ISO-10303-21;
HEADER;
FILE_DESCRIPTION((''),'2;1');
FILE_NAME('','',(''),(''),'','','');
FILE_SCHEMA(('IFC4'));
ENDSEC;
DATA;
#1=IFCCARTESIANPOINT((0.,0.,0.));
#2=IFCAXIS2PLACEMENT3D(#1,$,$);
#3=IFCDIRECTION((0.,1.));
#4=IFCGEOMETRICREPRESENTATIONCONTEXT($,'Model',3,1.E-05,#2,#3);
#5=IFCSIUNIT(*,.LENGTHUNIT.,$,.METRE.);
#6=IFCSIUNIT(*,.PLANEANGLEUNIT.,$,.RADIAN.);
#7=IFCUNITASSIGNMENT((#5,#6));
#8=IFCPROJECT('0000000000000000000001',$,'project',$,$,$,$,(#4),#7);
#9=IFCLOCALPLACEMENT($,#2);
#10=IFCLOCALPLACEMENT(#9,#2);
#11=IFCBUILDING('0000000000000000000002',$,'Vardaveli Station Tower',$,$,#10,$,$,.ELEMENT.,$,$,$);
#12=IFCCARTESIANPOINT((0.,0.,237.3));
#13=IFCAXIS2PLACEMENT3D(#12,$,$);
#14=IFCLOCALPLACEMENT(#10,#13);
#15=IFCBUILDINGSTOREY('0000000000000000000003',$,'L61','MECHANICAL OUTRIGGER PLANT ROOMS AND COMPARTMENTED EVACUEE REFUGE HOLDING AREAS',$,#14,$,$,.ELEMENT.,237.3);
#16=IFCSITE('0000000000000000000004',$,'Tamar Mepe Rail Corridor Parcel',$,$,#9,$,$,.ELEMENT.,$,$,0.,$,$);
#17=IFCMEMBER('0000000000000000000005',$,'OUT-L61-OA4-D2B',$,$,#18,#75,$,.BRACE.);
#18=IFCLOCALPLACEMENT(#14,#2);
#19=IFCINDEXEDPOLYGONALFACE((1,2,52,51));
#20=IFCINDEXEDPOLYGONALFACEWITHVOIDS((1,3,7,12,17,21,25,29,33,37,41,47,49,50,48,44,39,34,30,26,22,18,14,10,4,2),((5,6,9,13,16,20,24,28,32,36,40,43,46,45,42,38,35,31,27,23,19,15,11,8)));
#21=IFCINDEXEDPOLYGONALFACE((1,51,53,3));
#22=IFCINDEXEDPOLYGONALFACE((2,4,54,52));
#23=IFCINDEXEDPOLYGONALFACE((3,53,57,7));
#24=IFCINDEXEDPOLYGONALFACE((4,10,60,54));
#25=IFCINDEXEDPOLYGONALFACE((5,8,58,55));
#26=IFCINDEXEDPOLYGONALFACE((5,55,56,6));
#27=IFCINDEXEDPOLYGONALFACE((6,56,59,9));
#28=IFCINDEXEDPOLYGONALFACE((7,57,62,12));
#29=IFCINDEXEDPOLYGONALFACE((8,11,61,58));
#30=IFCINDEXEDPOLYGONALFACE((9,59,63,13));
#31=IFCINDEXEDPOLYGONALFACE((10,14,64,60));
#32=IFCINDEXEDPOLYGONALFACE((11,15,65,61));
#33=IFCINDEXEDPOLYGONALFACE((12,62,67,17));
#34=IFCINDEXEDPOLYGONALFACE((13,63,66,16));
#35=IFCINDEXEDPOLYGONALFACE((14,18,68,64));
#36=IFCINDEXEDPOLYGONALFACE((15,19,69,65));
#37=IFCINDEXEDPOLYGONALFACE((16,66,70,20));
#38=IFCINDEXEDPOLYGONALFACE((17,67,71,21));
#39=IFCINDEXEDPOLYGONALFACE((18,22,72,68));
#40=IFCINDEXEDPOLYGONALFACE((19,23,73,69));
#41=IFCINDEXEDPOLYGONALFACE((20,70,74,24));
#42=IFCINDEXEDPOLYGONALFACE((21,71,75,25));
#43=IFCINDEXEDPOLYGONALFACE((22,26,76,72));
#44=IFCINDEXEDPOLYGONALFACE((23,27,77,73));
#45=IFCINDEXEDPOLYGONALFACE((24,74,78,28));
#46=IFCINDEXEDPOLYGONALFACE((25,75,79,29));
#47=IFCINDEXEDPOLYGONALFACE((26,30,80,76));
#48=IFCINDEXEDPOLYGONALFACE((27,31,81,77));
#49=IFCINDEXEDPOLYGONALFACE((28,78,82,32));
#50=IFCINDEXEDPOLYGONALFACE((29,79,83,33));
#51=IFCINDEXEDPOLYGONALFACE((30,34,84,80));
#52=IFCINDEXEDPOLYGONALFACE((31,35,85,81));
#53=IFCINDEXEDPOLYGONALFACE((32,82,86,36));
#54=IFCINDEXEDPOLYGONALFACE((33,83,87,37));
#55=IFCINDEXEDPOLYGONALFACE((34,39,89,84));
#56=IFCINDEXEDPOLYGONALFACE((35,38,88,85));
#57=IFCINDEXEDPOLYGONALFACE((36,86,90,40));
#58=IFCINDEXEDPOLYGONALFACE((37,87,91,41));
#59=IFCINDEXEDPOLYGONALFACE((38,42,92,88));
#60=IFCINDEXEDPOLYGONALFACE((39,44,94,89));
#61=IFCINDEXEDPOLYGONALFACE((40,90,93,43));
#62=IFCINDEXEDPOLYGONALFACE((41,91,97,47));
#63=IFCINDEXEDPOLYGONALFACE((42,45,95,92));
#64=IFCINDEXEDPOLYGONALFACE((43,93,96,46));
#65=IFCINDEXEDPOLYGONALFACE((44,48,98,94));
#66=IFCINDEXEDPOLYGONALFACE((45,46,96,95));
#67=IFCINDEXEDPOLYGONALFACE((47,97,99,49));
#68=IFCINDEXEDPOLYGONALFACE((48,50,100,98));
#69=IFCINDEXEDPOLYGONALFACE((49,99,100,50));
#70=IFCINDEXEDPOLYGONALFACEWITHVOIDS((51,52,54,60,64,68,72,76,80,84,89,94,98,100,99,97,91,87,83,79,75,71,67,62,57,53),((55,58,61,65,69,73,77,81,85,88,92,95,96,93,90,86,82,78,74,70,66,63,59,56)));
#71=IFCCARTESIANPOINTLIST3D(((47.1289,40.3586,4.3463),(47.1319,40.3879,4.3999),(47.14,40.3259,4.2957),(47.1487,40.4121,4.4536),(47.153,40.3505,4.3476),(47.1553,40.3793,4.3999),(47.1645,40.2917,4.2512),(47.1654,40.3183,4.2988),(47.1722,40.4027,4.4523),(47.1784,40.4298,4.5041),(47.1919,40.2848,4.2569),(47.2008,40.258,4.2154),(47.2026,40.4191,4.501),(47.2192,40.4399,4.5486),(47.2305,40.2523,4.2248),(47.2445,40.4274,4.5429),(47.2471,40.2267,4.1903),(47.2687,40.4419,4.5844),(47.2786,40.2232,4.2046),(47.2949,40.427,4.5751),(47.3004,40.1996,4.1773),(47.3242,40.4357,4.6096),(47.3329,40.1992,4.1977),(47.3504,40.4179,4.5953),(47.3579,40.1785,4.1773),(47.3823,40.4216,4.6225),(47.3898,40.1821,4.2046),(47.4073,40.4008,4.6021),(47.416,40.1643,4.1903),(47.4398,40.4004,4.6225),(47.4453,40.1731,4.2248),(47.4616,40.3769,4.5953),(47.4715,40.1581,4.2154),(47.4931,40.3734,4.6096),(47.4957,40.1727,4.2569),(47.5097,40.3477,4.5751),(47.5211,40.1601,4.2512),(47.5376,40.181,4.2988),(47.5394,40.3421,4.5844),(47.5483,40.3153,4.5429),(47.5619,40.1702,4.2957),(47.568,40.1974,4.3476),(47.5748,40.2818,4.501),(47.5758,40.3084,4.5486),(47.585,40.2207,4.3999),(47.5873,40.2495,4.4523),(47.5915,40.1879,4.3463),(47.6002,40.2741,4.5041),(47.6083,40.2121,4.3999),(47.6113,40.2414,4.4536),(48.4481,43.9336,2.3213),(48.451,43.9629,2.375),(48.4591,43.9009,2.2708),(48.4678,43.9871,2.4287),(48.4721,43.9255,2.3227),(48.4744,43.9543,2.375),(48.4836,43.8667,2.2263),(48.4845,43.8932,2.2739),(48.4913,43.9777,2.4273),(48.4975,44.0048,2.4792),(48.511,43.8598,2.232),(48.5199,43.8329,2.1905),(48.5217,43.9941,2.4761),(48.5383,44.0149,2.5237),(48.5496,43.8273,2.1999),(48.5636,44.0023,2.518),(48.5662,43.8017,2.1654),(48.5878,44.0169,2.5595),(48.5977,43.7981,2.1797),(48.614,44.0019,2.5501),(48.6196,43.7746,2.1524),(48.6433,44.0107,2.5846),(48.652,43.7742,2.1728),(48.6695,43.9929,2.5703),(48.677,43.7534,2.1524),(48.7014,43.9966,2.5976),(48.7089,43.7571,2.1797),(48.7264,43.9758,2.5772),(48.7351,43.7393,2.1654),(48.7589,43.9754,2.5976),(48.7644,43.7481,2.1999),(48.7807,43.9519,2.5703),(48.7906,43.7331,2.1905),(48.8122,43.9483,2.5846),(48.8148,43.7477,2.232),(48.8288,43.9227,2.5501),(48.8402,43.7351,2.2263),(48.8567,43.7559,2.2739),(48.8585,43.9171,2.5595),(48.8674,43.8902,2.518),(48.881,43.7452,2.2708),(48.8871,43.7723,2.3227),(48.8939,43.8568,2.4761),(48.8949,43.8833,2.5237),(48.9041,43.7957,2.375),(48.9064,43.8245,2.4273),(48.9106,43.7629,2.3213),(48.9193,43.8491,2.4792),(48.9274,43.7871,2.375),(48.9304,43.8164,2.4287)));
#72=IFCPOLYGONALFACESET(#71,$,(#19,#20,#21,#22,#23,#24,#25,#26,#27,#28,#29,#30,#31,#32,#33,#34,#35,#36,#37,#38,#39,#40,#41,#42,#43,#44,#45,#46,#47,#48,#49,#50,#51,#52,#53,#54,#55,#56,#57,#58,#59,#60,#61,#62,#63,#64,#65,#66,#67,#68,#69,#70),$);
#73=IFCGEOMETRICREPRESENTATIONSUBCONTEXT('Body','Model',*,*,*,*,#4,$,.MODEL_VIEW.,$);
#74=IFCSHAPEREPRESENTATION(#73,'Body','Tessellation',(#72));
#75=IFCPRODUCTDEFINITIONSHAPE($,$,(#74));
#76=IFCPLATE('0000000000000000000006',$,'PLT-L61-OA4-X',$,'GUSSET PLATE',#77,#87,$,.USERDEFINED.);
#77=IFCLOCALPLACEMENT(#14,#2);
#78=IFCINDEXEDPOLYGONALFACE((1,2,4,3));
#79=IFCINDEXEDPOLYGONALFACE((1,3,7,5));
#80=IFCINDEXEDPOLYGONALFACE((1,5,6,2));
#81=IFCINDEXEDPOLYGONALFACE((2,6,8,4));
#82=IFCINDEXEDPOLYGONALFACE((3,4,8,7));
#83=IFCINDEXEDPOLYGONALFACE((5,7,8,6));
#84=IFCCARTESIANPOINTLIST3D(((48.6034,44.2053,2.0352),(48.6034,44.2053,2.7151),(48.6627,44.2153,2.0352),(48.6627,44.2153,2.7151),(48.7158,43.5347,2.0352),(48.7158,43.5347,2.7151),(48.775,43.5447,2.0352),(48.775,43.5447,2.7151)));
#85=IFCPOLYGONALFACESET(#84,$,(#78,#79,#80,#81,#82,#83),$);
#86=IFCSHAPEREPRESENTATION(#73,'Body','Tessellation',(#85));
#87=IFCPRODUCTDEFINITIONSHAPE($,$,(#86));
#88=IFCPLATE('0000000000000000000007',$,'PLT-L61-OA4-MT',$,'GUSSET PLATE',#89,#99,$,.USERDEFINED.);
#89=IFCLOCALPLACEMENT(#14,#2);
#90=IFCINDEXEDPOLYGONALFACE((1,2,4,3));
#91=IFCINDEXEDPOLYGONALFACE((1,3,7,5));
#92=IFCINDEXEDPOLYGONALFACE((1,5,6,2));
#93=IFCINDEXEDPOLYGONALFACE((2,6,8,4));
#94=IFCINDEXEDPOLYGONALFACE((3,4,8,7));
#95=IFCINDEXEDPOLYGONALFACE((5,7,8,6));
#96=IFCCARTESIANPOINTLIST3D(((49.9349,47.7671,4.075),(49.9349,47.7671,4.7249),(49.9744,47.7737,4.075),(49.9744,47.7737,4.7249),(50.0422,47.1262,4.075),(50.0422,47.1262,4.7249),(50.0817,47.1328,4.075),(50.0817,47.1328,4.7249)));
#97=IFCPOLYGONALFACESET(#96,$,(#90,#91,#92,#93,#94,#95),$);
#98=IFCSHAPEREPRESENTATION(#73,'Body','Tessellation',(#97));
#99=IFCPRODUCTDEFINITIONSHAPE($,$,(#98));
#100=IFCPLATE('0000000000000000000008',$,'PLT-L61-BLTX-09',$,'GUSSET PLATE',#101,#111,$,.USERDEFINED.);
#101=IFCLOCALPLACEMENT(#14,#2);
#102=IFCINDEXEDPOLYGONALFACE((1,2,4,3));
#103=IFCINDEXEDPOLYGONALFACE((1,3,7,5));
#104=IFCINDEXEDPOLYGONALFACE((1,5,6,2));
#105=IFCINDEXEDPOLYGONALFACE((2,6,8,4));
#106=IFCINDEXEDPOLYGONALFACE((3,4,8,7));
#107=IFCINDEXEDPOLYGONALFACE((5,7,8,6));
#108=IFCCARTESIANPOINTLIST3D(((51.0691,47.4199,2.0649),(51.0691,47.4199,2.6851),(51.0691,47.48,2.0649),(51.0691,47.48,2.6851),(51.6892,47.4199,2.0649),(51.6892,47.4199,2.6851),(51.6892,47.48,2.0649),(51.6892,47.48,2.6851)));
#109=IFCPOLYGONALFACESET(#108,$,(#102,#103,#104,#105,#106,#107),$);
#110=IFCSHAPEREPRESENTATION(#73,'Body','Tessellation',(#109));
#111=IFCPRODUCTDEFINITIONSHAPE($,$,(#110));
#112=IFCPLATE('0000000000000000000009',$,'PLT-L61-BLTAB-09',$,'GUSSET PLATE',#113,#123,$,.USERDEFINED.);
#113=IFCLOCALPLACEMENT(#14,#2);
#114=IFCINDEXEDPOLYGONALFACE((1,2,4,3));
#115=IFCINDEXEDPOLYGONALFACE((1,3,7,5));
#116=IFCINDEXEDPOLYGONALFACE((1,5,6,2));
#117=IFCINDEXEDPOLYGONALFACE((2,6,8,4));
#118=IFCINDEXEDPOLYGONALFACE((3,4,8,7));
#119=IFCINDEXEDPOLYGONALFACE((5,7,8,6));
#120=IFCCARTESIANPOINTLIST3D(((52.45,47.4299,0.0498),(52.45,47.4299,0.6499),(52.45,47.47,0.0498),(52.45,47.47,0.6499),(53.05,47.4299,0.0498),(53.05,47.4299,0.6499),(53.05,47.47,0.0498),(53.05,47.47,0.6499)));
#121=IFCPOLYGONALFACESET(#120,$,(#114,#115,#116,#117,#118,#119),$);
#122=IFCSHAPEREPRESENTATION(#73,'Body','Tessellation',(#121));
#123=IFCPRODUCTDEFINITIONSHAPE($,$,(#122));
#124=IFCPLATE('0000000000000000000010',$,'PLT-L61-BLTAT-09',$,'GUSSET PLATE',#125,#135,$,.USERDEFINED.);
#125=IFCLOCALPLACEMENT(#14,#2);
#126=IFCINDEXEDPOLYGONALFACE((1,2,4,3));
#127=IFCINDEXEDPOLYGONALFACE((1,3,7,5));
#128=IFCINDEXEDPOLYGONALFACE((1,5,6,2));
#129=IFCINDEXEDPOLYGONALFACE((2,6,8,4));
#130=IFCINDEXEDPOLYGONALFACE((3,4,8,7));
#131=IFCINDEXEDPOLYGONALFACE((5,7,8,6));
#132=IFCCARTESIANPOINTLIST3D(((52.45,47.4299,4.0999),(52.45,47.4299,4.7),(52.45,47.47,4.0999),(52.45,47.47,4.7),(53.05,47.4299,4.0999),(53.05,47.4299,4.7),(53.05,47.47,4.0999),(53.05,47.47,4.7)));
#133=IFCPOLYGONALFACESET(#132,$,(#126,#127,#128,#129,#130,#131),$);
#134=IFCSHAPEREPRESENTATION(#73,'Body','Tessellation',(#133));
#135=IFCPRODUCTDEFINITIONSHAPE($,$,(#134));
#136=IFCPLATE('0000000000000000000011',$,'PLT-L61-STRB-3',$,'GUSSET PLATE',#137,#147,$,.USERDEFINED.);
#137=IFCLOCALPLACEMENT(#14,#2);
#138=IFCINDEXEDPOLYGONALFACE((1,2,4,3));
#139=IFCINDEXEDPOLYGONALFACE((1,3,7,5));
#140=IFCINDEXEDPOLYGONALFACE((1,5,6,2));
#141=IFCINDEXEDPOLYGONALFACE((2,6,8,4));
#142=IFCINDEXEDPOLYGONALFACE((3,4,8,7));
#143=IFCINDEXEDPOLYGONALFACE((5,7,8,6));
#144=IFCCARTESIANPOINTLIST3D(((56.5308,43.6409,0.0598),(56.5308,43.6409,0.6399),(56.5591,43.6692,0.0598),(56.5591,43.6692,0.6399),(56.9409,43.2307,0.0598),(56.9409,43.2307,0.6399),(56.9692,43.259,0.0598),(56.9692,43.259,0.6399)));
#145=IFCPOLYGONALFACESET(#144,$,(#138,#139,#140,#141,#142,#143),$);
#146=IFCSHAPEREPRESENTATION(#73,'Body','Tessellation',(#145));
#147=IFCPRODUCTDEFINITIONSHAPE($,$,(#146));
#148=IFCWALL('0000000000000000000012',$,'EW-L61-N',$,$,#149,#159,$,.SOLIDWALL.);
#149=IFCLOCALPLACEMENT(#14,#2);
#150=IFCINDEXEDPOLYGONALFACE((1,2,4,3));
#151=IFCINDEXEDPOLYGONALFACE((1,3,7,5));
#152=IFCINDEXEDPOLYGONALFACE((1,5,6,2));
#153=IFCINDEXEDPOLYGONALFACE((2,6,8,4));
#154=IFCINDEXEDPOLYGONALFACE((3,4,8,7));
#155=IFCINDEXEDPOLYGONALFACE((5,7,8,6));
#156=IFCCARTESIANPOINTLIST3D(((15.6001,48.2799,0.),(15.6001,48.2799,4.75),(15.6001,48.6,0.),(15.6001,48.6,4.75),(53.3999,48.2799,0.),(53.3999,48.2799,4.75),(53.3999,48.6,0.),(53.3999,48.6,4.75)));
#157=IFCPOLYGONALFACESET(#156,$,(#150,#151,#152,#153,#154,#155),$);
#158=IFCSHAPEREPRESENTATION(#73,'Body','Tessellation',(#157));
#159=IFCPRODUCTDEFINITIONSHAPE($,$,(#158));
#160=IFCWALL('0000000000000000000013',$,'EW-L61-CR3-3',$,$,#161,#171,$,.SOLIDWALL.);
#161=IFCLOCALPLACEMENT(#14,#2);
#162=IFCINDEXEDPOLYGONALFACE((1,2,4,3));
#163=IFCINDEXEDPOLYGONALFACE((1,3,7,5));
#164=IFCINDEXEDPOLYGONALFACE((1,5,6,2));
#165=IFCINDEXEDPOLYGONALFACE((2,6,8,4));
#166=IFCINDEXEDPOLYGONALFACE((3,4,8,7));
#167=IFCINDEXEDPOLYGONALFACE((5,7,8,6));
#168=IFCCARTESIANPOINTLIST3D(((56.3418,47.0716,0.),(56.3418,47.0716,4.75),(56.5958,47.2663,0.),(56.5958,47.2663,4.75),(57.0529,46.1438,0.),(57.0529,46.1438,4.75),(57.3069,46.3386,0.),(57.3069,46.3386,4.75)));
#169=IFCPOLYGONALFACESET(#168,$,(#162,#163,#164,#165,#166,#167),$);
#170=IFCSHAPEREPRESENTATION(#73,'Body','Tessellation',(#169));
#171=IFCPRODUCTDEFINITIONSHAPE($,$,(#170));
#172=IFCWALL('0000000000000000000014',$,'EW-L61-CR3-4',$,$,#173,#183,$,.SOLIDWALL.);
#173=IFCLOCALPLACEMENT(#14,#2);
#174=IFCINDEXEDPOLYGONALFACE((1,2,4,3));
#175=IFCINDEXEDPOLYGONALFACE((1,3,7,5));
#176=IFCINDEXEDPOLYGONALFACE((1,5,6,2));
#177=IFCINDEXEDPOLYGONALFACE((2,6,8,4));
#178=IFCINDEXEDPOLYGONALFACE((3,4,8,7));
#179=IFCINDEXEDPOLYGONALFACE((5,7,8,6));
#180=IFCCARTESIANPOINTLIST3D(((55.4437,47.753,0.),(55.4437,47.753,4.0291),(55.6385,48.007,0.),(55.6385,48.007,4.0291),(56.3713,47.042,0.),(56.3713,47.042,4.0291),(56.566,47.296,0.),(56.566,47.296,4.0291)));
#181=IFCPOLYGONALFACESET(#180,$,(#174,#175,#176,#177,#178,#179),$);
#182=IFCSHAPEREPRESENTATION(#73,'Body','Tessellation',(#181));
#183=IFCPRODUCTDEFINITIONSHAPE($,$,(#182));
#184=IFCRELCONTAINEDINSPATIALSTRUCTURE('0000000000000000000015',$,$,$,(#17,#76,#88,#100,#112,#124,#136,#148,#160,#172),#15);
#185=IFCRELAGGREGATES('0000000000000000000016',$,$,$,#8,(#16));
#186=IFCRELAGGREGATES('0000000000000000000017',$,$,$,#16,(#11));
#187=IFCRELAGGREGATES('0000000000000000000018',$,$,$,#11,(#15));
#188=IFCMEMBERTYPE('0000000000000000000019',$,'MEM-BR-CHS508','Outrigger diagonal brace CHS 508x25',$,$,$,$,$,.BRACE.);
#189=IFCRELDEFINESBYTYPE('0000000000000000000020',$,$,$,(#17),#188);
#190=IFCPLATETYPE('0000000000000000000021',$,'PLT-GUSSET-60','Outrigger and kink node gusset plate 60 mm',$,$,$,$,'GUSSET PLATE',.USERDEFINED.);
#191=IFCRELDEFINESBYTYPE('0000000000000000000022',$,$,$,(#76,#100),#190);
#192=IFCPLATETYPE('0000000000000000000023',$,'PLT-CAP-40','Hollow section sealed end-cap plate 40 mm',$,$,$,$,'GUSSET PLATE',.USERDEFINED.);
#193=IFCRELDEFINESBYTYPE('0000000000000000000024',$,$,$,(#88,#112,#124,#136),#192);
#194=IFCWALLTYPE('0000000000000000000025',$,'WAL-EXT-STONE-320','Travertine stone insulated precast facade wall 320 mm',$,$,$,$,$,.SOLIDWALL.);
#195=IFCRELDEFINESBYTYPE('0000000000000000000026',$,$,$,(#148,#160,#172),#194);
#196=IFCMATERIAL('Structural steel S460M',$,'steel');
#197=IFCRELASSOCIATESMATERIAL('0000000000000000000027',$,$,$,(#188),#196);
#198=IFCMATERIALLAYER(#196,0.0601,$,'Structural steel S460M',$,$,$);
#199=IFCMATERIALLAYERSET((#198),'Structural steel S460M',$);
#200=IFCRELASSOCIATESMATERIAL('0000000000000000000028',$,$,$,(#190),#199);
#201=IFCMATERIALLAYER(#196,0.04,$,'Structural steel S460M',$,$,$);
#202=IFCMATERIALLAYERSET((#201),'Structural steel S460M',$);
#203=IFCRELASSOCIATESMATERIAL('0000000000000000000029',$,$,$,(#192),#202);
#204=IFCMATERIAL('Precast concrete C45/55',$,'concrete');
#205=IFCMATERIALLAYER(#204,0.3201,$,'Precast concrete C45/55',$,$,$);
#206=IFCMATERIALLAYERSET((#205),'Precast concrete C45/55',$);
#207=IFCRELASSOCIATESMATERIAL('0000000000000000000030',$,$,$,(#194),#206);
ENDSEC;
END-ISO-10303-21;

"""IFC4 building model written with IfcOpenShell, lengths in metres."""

from ifc_helpers import new_model, si_unit, direction, frame, frame_2d, origin, origin_2d, place, context, subcontext, project, spatial, rectangle, hollow_circle, extrude, source, transform, mapped, material, layer, layer_set, material_profile, profile_set, type_object, element, save


model = new_model("IFC4")

# Units and contexts
model_context = context("Model", 3, precision=1e-05, world=origin(), true_north=direction((0.0, 1.0)))
body_context = subcontext(model_context, "Body", "Model", "MODEL_VIEW")
ifc_project = project(units=[si_unit("LENGTHUNIT", "METRE"), si_unit("PLANEANGLEUNIT", "RADIAN")], contexts=[model_context])

# Site, building, storey
site_placement = place(None, origin())
site = spatial("IfcSite", under=ifc_project, at=site_placement, Name="Tamar Mepe Rail Corridor Parcel", CompositionType="ELEMENT", RefElevation=0.0)
building_placement = place(site_placement, origin())
building = spatial("IfcBuilding", under=site, at=building_placement, Name="Vardaveli Station Tower", CompositionType="ELEMENT")
storey_placement = place(building_placement, frame((0.0, 0.0, 237.3)))
storey = spatial("IfcBuildingStorey", under=building, at=storey_placement, Name="L61", Description="MECHANICAL OUTRIGGER PLANT ROOMS AND COMPARTMENTED EVACUEE REFUGE HOLDING AREAS", CompositionType="ELEMENT", Elevation=237.3)

# Shared definitions
ifc_material_1 = material(Name="Structural steel S460M", Category="steel")

# Member
ifc_material_profile_1 = material_profile(ifc_material_1, hollow_circle(Radius=0.2539, WallThickness=0.0249, at=origin_2d()), Name="CHS 508x25")
ifc_profile_set_1 = profile_set([ifc_material_profile_1], Name="Structural steel S460M")
member_type_1 = type_object("IfcMemberType", Name="MEM-BR-CHS508", Description="Outrigger diagonal brace CHS 508x25", PredefinedType="BRACE", material=ifc_profile_set_1)
shared_shape_1 = source(origin(), body_context, "Body", "SweptSolid", [
    extrude(hollow_circle(Radius=0.2539, WallThickness=0.0249, at=origin_2d()), origin(), (0.0, 0.0, 1.0), 4.3152),
])
member_1_placement = place(storey_placement, frame((48.6892, 43.875, 2.375), z_axis=(-0.305689, -0.828465, 0.469254), x_axis=(0.938172, -0.346168, 0.0)))
element("IfcMember", 1, at=member_1_placement, inside=storey, type_object=member_type_1, Name="OUT-L61-OA4-D2B", PredefinedType="BRACE", context=body_context, shape_type="MappedRepresentation", body=[
    mapped(shared_shape_1, transform((0.0, 0.0, 0.0), scale=1.0)),
])

# Plates
ifc_layer_1 = layer(ifc_material_1, 0.0601, Name="Structural steel S460M")
ifc_layer_set_1 = layer_set([ifc_layer_1], Name="Structural steel S460M")
plate_type_1 = type_object("IfcPlateType", Name="PLT-GUSSET-60", Description="Outrigger and kink node gusset plate 60 mm", ElementType="GUSSET PLATE", PredefinedType="USERDEFINED", material=ifc_layer_set_1)
shared_shape_2 = source(origin(), body_context, "Body", "SweptSolid", [
    extrude(rectangle(XDim=0.6799, YDim=0.0601, at=origin_2d()), origin(), (0.0, 0.0, 1.0), 0.6799),
])
plate_1_placement = place(storey_placement, frame((48.6892, 43.875, 2.0352), z_axis=(0.0, 0.0, 1.0), x_axis=(-0.16522, 0.986257, 0.0)))
element("IfcPlate", 2, at=plate_1_placement, inside=storey, type_object=plate_type_1, Name="PLT-L61-OA4-X", ObjectType="GUSSET PLATE", PredefinedType="USERDEFINED", context=body_context, shape_type="MappedRepresentation", body=[
    mapped(shared_shape_2, transform((0.0, 0.0, 0.0), scale=1.0)),
])
ifc_layer_2 = layer(ifc_material_1, 0.04, Name="Structural steel S460M")
ifc_layer_set_2 = layer_set([ifc_layer_2], Name="Structural steel S460M")
plate_type_2 = type_object("IfcPlateType", Name="PLT-CAP-40", Description="Hollow section sealed end-cap plate 40 mm", ElementType="GUSSET PLATE", PredefinedType="USERDEFINED", material=ifc_layer_set_2)
shared_shape_3 = source(origin(), body_context, "Body", "SweptSolid", [
    extrude(rectangle(XDim=0.6499, YDim=0.04, at=origin_2d()), origin(), (0.0, 0.0, 1.0), 0.6499),
])
plate_2_placement = place(storey_placement, frame((50.0083, 47.45, 4.075), z_axis=(0.0, 0.0, 1.0), x_axis=(-0.16522, 0.986257, 0.0)))
element("IfcPlate", 3, at=plate_2_placement, inside=storey, type_object=plate_type_2, Name="PLT-L61-OA4-MT", ObjectType="GUSSET PLATE", PredefinedType="USERDEFINED", context=body_context, shape_type="MappedRepresentation", body=[
    mapped(shared_shape_3, transform((0.0, 0.0, 0.0), scale=1.0)),
])
shared_shape_4 = source(origin(), body_context, "Body", "SweptSolid", [
    extrude(rectangle(XDim=0.6201, YDim=0.0601, at=origin_2d()), origin(), (0.0, 0.0, 1.0), 0.6201),
])
plate_3_placement = place(storey_placement, frame((51.3792, 47.45, 2.0649), z_axis=(0.0, 0.0, 1.0), x_axis=(-1.0, 0.0, 0.0)))
element("IfcPlate", 4, at=plate_3_placement, inside=storey, type_object=plate_type_1, Name="PLT-L61-BLTX-09", ObjectType="GUSSET PLATE", PredefinedType="USERDEFINED", context=body_context, shape_type="MappedRepresentation", body=[
    mapped(shared_shape_4, transform((0.0, 0.0, 0.0), scale=1.0)),
])
shared_shape_5 = source(origin(), body_context, "Body", "SweptSolid", [
    extrude(rectangle(XDim=0.6001, YDim=0.04, at=origin_2d()), origin(), (0.0, 0.0, 1.0), 0.6001),
])
for number, where, z_axis, x_axis, name in (
    (5, (52.75, 47.45, 0.0498), (0.0, 0.0, 1.0), (-1.0, 0.0, 0.0), "PLT-L61-BLTAB-09"),
    (6, (52.75, 47.45, 4.0999), (0.0, 0.0, 1.0), (-1.0, 0.0, 0.0), "PLT-L61-BLTAT-09"),
):
    element("IfcPlate", number, at=place(storey_placement, frame(where, z_axis=z_axis, x_axis=x_axis)), inside=storey, type_object=plate_type_2, Name=name, ObjectType="GUSSET PLATE", PredefinedType="USERDEFINED", context=body_context, shape_type="MappedRepresentation", body=[
        mapped(shared_shape_5, transform((0.0, 0.0, 0.0), scale=1.0)),
    ])
shared_shape_6 = source(origin(), body_context, "Body", "SweptSolid", [
    extrude(rectangle(XDim=0.5801, YDim=0.04, at=origin_2d()), origin(), (0.0, 0.0, 1.0), 0.5801),
])
plate_4_placement = place(storey_placement, frame((56.75, 43.45, 0.0598), z_axis=(0.0, 0.0, 1.0), x_axis=(-0.707107, 0.707107, 0.0)))
element("IfcPlate", 7, at=plate_4_placement, inside=storey, type_object=plate_type_2, Name="PLT-L61-STRB-3", ObjectType="GUSSET PLATE", PredefinedType="USERDEFINED", context=body_context, shape_type="MappedRepresentation", body=[
    mapped(shared_shape_6, transform((0.0, 0.0, 0.0), scale=1.0)),
])

# Walls
ifc_material_2 = material(Name="Precast concrete C45/55", Category="concrete")
ifc_layer_3 = layer(ifc_material_2, 0.3201, Name="Precast concrete C45/55")
ifc_layer_set_3 = layer_set([ifc_layer_3], Name="Precast concrete C45/55")
wall_type_1 = type_object("IfcWallType", Name="WAL-EXT-STONE-320", Description="Travertine stone insulated precast facade wall 320 mm", PredefinedType="SOLIDWALL", material=ifc_layer_set_3)
shared_shape_7 = source(origin(), body_context, "Body", "SweptSolid", [
    extrude(rectangle(XDim=37.7998, YDim=0.3201, at=frame_2d((18.8999, 0.0))), origin(), (0.0, 0.0, 1.0), 4.75),
])
wall_1_placement = place(storey_placement, frame((53.3999, 48.4399, 0.0), z_axis=(0.0, 0.0, 1.0), x_axis=(-1.0, 0.0, 0.0)))
element("IfcWall", 8, at=wall_1_placement, inside=storey, type_object=wall_type_1, Name="EW-L61-N", PredefinedType="SOLIDWALL", context=body_context, shape_type="MappedRepresentation", body=[
    mapped(shared_shape_7, transform((0.0, 0.0, 0.0), scale=1.0)),
])
shared_shape_8 = source(origin(), body_context, "Body", "SweptSolid", [
    extrude(rectangle(XDim=1.1689, YDim=0.3201, at=frame_2d((0.5845, 0.0))), origin(), (0.0, 0.0, 1.0), 4.75),
])
wall_2_placement = place(storey_placement, frame((57.1799, 46.2412, 0.0), z_axis=(0.0, 0.0, 1.0), x_axis=(-0.608388, 0.79364, 0.0)))
element("IfcWall", 9, at=wall_2_placement, inside=storey, type_object=wall_type_1, Name="EW-L61-CR3-3", PredefinedType="SOLIDWALL", context=body_context, shape_type="MappedRepresentation", body=[
    mapped(shared_shape_8, transform((0.0, 0.0, 0.0), scale=1.0)),
])
shared_shape_9 = source(origin(), body_context, "Body", "SweptSolid", [
    extrude(rectangle(XDim=1.1687, YDim=0.3201, at=frame_2d((0.5845, 0.0))), origin(), (0.0, 0.0, 1.0), 4.0291),
])
wall_3_placement = place(storey_placement, frame((56.4688, 47.1689, 0.0), z_axis=(0.0, 0.0, 1.0), x_axis=(-0.793664, 0.608357, 0.0)))
element("IfcWall", 10, at=wall_3_placement, inside=storey, type_object=wall_type_1, Name="EW-L61-CR3-4", PredefinedType="SOLIDWALL", context=body_context, shape_type="MappedRepresentation", body=[
    mapped(shared_shape_9, transform((0.0, 0.0, 0.0), scale=1.0)),
])

save(model, "model.ifc")
